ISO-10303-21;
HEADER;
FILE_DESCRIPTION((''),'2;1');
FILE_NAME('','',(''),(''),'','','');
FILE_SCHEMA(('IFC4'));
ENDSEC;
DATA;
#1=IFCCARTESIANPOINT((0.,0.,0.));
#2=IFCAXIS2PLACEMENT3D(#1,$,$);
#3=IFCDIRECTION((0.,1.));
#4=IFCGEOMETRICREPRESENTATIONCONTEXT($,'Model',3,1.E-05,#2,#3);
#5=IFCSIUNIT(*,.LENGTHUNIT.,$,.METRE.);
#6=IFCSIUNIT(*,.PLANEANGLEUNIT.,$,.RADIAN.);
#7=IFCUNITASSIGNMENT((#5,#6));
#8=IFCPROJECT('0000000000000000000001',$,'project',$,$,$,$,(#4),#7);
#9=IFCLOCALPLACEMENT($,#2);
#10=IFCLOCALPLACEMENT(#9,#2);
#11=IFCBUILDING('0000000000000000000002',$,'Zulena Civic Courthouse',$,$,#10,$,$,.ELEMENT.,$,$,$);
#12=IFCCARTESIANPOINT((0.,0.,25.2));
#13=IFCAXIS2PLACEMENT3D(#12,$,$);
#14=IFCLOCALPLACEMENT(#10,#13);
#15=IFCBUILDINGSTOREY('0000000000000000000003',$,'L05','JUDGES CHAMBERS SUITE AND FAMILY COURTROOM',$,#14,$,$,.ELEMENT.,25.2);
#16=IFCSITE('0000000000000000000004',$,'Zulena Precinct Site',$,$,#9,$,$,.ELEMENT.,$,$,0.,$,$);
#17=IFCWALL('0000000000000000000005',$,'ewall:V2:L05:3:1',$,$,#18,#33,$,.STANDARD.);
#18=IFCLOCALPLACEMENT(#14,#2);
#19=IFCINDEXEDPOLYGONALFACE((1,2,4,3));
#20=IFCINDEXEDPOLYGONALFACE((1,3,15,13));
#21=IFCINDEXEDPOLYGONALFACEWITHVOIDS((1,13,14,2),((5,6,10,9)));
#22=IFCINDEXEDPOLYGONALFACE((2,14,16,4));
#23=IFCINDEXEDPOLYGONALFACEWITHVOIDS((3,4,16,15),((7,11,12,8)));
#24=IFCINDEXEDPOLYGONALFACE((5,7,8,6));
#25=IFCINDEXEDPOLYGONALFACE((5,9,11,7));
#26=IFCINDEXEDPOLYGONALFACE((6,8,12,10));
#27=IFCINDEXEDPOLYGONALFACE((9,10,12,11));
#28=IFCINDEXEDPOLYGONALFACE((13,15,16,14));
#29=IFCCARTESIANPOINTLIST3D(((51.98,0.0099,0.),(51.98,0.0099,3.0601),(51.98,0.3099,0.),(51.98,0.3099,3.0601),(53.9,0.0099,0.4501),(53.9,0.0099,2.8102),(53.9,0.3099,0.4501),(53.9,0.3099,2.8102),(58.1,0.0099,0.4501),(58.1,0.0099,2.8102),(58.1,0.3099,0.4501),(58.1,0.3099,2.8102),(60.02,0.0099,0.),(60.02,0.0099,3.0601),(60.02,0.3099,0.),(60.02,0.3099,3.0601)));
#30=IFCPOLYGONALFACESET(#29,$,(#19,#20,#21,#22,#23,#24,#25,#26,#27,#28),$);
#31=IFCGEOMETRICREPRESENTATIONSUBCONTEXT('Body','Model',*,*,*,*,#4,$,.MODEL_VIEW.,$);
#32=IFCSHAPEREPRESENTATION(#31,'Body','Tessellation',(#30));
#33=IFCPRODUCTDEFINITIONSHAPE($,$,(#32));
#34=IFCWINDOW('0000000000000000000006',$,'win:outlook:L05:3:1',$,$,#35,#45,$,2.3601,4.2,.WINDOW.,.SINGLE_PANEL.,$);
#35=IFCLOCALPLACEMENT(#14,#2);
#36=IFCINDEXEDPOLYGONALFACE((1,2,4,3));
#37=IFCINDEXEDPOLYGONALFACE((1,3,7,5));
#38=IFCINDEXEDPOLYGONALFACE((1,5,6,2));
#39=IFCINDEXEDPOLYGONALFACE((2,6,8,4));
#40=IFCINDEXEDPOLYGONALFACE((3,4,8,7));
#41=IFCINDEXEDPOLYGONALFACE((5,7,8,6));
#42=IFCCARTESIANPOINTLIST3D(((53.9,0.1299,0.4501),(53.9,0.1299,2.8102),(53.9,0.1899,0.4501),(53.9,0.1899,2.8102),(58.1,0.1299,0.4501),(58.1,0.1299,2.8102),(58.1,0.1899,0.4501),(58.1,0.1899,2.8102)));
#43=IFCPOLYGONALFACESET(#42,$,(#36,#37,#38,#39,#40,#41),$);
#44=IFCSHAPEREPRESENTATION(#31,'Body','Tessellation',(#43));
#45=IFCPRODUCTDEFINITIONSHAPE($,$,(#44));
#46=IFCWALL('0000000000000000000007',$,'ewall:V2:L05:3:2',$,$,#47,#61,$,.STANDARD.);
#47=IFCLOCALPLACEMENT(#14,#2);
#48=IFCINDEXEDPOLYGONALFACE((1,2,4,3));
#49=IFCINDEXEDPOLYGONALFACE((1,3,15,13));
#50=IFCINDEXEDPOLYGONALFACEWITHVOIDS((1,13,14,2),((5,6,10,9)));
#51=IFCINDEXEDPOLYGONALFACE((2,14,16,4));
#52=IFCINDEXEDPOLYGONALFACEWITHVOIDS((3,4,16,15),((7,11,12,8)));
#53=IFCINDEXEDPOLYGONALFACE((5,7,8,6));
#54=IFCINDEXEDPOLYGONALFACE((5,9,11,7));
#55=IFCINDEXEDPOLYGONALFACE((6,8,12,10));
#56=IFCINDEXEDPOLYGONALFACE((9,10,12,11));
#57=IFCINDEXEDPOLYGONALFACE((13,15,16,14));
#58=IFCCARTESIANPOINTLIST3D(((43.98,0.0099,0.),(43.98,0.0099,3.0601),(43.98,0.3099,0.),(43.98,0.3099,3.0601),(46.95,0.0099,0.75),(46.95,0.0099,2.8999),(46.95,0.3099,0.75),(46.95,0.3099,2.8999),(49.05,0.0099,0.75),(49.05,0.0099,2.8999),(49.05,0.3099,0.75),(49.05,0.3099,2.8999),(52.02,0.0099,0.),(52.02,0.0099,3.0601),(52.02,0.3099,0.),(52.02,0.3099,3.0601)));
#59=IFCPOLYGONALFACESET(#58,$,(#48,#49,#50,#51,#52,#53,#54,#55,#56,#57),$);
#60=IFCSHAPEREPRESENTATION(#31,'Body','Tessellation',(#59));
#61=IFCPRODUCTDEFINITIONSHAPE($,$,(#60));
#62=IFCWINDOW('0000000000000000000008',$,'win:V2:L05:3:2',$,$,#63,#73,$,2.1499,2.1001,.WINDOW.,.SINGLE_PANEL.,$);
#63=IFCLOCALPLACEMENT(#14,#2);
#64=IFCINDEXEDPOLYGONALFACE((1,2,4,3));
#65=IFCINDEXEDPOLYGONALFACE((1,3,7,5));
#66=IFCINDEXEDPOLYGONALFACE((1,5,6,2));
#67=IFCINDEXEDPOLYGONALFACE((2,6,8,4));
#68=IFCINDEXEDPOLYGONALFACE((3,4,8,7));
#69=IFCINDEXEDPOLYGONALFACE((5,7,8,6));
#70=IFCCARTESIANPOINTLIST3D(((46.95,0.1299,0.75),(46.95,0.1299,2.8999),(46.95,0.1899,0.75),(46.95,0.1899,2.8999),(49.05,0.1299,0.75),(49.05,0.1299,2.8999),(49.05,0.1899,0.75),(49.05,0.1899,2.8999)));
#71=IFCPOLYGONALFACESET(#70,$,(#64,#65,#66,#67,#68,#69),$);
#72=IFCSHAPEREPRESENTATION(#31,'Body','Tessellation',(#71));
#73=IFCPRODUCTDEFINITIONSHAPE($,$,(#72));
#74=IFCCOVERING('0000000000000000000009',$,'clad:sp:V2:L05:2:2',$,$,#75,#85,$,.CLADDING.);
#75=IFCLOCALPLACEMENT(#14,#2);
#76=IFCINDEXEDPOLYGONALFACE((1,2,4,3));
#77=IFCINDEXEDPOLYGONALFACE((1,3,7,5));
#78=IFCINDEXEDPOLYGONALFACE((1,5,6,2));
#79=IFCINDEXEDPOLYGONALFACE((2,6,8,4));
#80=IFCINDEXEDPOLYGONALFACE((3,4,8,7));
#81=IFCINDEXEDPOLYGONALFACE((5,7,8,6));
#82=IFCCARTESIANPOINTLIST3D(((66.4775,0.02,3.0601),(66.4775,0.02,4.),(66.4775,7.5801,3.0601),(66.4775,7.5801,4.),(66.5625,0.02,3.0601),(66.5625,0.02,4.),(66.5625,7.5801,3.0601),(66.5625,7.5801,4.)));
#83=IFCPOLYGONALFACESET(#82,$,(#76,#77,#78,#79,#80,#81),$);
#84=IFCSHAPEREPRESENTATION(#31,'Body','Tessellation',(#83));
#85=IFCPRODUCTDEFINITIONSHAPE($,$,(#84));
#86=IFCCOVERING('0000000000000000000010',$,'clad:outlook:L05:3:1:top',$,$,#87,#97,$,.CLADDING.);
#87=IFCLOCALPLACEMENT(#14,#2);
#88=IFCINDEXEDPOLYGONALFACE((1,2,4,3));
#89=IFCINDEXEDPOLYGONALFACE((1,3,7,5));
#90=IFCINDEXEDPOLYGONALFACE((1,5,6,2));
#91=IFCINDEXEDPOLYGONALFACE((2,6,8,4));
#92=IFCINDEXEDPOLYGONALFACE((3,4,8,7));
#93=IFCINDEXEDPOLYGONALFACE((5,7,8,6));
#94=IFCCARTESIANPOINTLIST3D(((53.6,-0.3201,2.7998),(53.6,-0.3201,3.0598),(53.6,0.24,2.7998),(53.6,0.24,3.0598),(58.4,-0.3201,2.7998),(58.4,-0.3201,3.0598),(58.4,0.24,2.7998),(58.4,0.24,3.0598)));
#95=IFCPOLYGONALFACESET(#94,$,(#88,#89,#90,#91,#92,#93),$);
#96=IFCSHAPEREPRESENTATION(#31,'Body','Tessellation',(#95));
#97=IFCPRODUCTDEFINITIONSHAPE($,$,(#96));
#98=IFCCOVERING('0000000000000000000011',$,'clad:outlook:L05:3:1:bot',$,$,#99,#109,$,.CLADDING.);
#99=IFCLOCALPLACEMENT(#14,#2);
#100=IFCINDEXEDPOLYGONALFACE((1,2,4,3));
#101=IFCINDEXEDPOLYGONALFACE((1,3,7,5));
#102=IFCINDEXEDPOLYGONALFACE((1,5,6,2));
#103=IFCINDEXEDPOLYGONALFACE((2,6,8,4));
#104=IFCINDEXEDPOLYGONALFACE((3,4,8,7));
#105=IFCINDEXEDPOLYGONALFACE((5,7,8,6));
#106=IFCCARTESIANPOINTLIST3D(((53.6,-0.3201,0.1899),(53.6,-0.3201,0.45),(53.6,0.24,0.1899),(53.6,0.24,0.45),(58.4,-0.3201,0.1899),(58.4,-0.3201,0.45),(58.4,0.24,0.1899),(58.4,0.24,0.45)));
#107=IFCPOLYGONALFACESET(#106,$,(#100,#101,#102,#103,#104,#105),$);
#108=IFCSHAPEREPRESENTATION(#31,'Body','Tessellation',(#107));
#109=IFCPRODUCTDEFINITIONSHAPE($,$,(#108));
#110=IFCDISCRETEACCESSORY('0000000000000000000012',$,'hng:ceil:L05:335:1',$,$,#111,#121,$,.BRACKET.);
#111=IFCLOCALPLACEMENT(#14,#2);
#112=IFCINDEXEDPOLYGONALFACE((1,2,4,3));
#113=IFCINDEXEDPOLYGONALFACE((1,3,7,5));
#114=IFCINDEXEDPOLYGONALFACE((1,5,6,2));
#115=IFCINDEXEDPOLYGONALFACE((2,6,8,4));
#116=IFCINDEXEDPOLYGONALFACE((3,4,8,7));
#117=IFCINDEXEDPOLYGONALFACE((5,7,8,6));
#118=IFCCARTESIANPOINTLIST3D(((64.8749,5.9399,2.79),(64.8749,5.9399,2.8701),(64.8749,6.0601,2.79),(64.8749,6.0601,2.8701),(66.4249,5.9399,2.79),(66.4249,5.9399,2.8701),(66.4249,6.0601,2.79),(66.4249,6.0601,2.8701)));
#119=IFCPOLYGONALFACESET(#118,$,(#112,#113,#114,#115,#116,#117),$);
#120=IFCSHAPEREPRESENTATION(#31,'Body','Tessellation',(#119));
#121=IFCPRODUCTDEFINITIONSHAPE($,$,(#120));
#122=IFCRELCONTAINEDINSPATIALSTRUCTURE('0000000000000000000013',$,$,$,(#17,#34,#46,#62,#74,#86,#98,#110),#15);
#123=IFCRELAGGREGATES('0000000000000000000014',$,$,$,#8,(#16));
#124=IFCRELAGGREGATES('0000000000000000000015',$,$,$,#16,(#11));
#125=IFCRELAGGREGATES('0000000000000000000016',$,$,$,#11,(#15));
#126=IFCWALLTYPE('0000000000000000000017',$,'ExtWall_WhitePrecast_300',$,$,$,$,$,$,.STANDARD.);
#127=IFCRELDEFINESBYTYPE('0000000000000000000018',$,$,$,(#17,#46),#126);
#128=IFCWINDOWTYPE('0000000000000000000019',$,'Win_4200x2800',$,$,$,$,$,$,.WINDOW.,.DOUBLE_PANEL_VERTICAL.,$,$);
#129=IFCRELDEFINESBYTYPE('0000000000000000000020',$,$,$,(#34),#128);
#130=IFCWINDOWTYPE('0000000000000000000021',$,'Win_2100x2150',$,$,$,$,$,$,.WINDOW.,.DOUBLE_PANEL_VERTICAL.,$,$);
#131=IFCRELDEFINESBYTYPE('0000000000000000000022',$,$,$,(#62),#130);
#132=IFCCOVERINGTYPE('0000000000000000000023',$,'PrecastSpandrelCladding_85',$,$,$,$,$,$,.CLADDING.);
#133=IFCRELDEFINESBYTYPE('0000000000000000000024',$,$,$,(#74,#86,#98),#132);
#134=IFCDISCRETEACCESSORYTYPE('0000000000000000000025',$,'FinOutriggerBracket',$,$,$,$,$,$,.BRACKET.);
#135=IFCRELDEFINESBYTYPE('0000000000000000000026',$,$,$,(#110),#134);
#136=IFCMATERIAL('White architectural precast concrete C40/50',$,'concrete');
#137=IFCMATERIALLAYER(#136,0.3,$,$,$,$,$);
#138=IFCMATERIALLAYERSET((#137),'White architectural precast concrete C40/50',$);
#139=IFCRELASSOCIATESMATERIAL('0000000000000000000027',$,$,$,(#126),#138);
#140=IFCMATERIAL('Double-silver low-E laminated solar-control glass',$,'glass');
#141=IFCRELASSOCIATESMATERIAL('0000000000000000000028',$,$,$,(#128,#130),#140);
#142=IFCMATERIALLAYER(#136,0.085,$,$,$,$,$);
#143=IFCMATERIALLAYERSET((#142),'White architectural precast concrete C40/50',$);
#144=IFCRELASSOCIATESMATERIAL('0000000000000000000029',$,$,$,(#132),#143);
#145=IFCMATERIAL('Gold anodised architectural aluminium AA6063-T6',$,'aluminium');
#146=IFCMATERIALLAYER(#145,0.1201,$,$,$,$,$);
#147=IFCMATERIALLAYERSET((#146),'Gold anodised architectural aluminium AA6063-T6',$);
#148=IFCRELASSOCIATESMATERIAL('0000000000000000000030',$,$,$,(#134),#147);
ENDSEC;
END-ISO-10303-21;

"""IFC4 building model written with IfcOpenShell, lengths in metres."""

from ifc_helpers import new_model, si_unit, direction, frame, frame_2d, origin, origin_2d, place, context, subcontext, project, spatial, rectangle, extrude, material, layer, layer_set, type_object, element, fill, save


model = new_model("IFC4")

# Units and contexts
model_context = context("Model", 3, precision=1e-05, world=origin(), true_north=direction((0.0, 1.0)))
body_context = subcontext(model_context, "Body", "Model", "MODEL_VIEW")
ifc_project = project(units=[si_unit("LENGTHUNIT", "METRE"), si_unit("PLANEANGLEUNIT", "RADIAN")], contexts=[model_context])

# Site, building, storey
site_placement = place(None, origin())
site = spatial("IfcSite", under=ifc_project, at=site_placement, Name="Zulena Precinct Site", CompositionType="ELEMENT", RefElevation=0.0)
building_placement = place(site_placement, origin())
building = spatial("IfcBuilding", under=site, at=building_placement, Name="Zulena Civic Courthouse", CompositionType="ELEMENT")
storey_placement = place(building_placement, frame((0.0, 0.0, 25.2)))
storey = spatial("IfcBuildingStorey", under=building, at=storey_placement, Name="L05", Description="JUDGES CHAMBERS SUITE AND FAMILY COURTROOM", CompositionType="ELEMENT", Elevation=25.2)

# Walls, openings, windows
ifc_material_1 = material(Name="White architectural precast concrete C40/50", Category="concrete")
ifc_layer_1 = layer(ifc_material_1, 0.3)
ifc_layer_set_1 = layer_set([ifc_layer_1], Name="White architectural precast concrete C40/50")
wall_type = type_object("IfcWallType", Name="ExtWall_WhitePrecast_300", PredefinedType="STANDARD", material=ifc_layer_set_1)
ifc_material_2 = material(Name="Double-silver low-E laminated solar-control glass", Category="glass")
wall_1_placement = place(storey_placement, frame((60.02, 0.1599, 0.0), z_axis=(0.0, 0.0, 1.0), x_axis=(-1.0, 0.0, 0.0)))
wall_1 = element("IfcWall", 1, at=wall_1_placement, inside=storey, type_object=wall_type, Name="ewall:V2:L05:3:1", PredefinedType="STANDARD", context=body_context, shape_type="SweptSolid", body=[
    extrude(rectangle(XDim=8.04, YDim=0.3, at=frame_2d((4.02, 0.0))), origin(), (0.0, 0.0, 1.0), 3.0601),
])
opening_1_placement = place(wall_1_placement, frame((1.9199, 0.0, 0.45)))
opening_1 = element("IfcOpeningElement", 2, at=opening_1_placement, cuts=wall_1, PredefinedType="OPENING", context=body_context, shape_type="SweptSolid", body=[
    extrude(rectangle(XDim=4.2, YDim=2.3601, at=frame_2d((2.1001, 1.1802))), frame((0.0, 0.1599, 0.0), z_axis=(0.0, -1.0, 0.0), x_axis=(1.0, 0.0, 0.0)), (0.0, 0.0, 1.0), 0.3201),
])
window_type_1 = type_object("IfcWindowType", Name="Win_4200x2800", PartitioningType="DOUBLE_PANEL_VERTICAL", PredefinedType="WINDOW", material=ifc_material_2)
window_1_placement = place(opening_1_placement, origin())
window_1 = element("IfcWindow", 3, at=window_1_placement, inside=storey, type_object=window_type_1, Name="win:outlook:L05:3:1", OverallHeight=2.3601, OverallWidth=4.2, PartitioningType="SINGLE_PANEL", PredefinedType="WINDOW", context=body_context, shape_type="SweptSolid", body=[
    extrude(rectangle(XDim=4.2, YDim=2.3601, at=frame_2d((2.1001, 1.1802))), frame((0.0, 0.03, 0.0), z_axis=(0.0, -1.0, 0.0), x_axis=(1.0, 0.0, 0.0)), (0.0, 0.0, 1.0), 0.0601),
])
fill(opening_1, window_1)
wall_2_placement = place(storey_placement, frame((52.02, 0.1599, 0.0), z_axis=(0.0, 0.0, 1.0), x_axis=(-1.0, 0.0, 0.0)))
wall_2 = element("IfcWall", 4, at=wall_2_placement, inside=storey, type_object=wall_type, Name="ewall:V2:L05:3:2", PredefinedType="STANDARD", context=body_context, shape_type="SweptSolid", body=[
    extrude(rectangle(XDim=8.04, YDim=0.3, at=frame_2d((4.02, 0.0))), origin(), (0.0, 0.0, 1.0), 3.0601),
])
opening_2_placement = place(wall_2_placement, frame((2.97, 0.0, 0.75)))
opening_2 = element("IfcOpeningElement", 5, at=opening_2_placement, cuts=wall_2, PredefinedType="OPENING", context=body_context, shape_type="SweptSolid", body=[
    extrude(rectangle(XDim=2.1001, YDim=2.1499, at=frame_2d((1.05, 1.075))), frame((0.0, 0.1599, 0.0), z_axis=(0.0, -1.0, 0.0), x_axis=(1.0, 0.0, 0.0)), (0.0, 0.0, 1.0), 0.3201),
])
window_type_2 = type_object("IfcWindowType", Name="Win_2100x2150", PartitioningType="DOUBLE_PANEL_VERTICAL", PredefinedType="WINDOW", material=ifc_material_2)
window_2_placement = place(opening_2_placement, origin())
window_2 = element("IfcWindow", 6, at=window_2_placement, inside=storey, type_object=window_type_2, Name="win:V2:L05:3:2", OverallHeight=2.1499, OverallWidth=2.1001, PartitioningType="SINGLE_PANEL", PredefinedType="WINDOW", context=body_context, shape_type="SweptSolid", body=[
    extrude(rectangle(XDim=2.1001, YDim=2.1499, at=frame_2d((1.05, 1.075))), frame((0.0, 0.03, 0.0), z_axis=(0.0, -1.0, 0.0), x_axis=(1.0, 0.0, 0.0)), (0.0, 0.0, 1.0), 0.0601),
])
fill(opening_2, window_2)

# Coverings
ifc_layer_2 = layer(ifc_material_1, 0.085)
ifc_layer_set_2 = layer_set([ifc_layer_2], Name="White architectural precast concrete C40/50")
covering_type = type_object("IfcCoveringType", Name="PrecastSpandrelCladding_85", PredefinedType="CLADDING", material=ifc_layer_set_2)
covering_placement = place(storey_placement, frame((66.52, 3.8, 3.0601), z_axis=(0.0, 0.0, 1.0), x_axis=(0.0, -1.0, 0.0)))
element("IfcCovering", 7, at=covering_placement, inside=storey, type_object=covering_type, Name="clad:sp:V2:L05:2:2", PredefinedType="CLADDING", context=body_context, shape_type="SweptSolid", body=[
    extrude(rectangle(XDim=7.5601, YDim=0.085, at=origin_2d()), origin(), (0.0, 0.0, 1.0), 0.9399),
])
for number, where, z_axis, x_axis, name in (
    (8, (56.0, -0.04, 2.7998), (0.0, 0.0, 1.0), (1.0, 0.0, 0.0), "clad:outlook:L05:3:1:top"),
    (9, (56.0, -0.04, 0.1899), (0.0, 0.0, 1.0), (1.0, 0.0, 0.0), "clad:outlook:L05:3:1:bot"),
):
    element("IfcCovering", number, at=place(storey_placement, frame(where, z_axis=z_axis, x_axis=x_axis)), inside=storey, type_object=covering_type, Name=name, PredefinedType="CLADDING", context=body_context, shape_type="SweptSolid", body=[
        extrude(rectangle(XDim=4.8, YDim=0.5601, at=origin_2d()), origin(), (0.0, 0.0, 1.0), 0.26),
    ])

# Discrete accessory
ifc_material_3 = material(Name="Gold anodised architectural aluminium AA6063-T6", Category="aluminium")
ifc_layer_3 = layer(ifc_material_3, 0.1201)
ifc_layer_set_3 = layer_set([ifc_layer_3], Name="Gold anodised architectural aluminium AA6063-T6")
discrete_accessory_type = type_object("IfcDiscreteAccessoryType", Name="FinOutriggerBracket", PredefinedType="BRACKET", material=ifc_layer_set_3)
discrete_accessory_placement = place(storey_placement, frame((65.6499, 6.0, 2.79), z_axis=(0.0, 0.0, 1.0), x_axis=(1.0, 0.0, 0.0)))
element("IfcDiscreteAccessory", 10, at=discrete_accessory_placement, inside=storey, type_object=discrete_accessory_type, Name="hng:ceil:L05:335:1", PredefinedType="BRACKET", context=body_context, shape_type="SweptSolid", body=[
    extrude(rectangle(XDim=1.55, YDim=0.1201, at=origin_2d()), origin(), (0.0, 0.0, 1.0), 0.0801),
])

save(model, "model.ifc")
